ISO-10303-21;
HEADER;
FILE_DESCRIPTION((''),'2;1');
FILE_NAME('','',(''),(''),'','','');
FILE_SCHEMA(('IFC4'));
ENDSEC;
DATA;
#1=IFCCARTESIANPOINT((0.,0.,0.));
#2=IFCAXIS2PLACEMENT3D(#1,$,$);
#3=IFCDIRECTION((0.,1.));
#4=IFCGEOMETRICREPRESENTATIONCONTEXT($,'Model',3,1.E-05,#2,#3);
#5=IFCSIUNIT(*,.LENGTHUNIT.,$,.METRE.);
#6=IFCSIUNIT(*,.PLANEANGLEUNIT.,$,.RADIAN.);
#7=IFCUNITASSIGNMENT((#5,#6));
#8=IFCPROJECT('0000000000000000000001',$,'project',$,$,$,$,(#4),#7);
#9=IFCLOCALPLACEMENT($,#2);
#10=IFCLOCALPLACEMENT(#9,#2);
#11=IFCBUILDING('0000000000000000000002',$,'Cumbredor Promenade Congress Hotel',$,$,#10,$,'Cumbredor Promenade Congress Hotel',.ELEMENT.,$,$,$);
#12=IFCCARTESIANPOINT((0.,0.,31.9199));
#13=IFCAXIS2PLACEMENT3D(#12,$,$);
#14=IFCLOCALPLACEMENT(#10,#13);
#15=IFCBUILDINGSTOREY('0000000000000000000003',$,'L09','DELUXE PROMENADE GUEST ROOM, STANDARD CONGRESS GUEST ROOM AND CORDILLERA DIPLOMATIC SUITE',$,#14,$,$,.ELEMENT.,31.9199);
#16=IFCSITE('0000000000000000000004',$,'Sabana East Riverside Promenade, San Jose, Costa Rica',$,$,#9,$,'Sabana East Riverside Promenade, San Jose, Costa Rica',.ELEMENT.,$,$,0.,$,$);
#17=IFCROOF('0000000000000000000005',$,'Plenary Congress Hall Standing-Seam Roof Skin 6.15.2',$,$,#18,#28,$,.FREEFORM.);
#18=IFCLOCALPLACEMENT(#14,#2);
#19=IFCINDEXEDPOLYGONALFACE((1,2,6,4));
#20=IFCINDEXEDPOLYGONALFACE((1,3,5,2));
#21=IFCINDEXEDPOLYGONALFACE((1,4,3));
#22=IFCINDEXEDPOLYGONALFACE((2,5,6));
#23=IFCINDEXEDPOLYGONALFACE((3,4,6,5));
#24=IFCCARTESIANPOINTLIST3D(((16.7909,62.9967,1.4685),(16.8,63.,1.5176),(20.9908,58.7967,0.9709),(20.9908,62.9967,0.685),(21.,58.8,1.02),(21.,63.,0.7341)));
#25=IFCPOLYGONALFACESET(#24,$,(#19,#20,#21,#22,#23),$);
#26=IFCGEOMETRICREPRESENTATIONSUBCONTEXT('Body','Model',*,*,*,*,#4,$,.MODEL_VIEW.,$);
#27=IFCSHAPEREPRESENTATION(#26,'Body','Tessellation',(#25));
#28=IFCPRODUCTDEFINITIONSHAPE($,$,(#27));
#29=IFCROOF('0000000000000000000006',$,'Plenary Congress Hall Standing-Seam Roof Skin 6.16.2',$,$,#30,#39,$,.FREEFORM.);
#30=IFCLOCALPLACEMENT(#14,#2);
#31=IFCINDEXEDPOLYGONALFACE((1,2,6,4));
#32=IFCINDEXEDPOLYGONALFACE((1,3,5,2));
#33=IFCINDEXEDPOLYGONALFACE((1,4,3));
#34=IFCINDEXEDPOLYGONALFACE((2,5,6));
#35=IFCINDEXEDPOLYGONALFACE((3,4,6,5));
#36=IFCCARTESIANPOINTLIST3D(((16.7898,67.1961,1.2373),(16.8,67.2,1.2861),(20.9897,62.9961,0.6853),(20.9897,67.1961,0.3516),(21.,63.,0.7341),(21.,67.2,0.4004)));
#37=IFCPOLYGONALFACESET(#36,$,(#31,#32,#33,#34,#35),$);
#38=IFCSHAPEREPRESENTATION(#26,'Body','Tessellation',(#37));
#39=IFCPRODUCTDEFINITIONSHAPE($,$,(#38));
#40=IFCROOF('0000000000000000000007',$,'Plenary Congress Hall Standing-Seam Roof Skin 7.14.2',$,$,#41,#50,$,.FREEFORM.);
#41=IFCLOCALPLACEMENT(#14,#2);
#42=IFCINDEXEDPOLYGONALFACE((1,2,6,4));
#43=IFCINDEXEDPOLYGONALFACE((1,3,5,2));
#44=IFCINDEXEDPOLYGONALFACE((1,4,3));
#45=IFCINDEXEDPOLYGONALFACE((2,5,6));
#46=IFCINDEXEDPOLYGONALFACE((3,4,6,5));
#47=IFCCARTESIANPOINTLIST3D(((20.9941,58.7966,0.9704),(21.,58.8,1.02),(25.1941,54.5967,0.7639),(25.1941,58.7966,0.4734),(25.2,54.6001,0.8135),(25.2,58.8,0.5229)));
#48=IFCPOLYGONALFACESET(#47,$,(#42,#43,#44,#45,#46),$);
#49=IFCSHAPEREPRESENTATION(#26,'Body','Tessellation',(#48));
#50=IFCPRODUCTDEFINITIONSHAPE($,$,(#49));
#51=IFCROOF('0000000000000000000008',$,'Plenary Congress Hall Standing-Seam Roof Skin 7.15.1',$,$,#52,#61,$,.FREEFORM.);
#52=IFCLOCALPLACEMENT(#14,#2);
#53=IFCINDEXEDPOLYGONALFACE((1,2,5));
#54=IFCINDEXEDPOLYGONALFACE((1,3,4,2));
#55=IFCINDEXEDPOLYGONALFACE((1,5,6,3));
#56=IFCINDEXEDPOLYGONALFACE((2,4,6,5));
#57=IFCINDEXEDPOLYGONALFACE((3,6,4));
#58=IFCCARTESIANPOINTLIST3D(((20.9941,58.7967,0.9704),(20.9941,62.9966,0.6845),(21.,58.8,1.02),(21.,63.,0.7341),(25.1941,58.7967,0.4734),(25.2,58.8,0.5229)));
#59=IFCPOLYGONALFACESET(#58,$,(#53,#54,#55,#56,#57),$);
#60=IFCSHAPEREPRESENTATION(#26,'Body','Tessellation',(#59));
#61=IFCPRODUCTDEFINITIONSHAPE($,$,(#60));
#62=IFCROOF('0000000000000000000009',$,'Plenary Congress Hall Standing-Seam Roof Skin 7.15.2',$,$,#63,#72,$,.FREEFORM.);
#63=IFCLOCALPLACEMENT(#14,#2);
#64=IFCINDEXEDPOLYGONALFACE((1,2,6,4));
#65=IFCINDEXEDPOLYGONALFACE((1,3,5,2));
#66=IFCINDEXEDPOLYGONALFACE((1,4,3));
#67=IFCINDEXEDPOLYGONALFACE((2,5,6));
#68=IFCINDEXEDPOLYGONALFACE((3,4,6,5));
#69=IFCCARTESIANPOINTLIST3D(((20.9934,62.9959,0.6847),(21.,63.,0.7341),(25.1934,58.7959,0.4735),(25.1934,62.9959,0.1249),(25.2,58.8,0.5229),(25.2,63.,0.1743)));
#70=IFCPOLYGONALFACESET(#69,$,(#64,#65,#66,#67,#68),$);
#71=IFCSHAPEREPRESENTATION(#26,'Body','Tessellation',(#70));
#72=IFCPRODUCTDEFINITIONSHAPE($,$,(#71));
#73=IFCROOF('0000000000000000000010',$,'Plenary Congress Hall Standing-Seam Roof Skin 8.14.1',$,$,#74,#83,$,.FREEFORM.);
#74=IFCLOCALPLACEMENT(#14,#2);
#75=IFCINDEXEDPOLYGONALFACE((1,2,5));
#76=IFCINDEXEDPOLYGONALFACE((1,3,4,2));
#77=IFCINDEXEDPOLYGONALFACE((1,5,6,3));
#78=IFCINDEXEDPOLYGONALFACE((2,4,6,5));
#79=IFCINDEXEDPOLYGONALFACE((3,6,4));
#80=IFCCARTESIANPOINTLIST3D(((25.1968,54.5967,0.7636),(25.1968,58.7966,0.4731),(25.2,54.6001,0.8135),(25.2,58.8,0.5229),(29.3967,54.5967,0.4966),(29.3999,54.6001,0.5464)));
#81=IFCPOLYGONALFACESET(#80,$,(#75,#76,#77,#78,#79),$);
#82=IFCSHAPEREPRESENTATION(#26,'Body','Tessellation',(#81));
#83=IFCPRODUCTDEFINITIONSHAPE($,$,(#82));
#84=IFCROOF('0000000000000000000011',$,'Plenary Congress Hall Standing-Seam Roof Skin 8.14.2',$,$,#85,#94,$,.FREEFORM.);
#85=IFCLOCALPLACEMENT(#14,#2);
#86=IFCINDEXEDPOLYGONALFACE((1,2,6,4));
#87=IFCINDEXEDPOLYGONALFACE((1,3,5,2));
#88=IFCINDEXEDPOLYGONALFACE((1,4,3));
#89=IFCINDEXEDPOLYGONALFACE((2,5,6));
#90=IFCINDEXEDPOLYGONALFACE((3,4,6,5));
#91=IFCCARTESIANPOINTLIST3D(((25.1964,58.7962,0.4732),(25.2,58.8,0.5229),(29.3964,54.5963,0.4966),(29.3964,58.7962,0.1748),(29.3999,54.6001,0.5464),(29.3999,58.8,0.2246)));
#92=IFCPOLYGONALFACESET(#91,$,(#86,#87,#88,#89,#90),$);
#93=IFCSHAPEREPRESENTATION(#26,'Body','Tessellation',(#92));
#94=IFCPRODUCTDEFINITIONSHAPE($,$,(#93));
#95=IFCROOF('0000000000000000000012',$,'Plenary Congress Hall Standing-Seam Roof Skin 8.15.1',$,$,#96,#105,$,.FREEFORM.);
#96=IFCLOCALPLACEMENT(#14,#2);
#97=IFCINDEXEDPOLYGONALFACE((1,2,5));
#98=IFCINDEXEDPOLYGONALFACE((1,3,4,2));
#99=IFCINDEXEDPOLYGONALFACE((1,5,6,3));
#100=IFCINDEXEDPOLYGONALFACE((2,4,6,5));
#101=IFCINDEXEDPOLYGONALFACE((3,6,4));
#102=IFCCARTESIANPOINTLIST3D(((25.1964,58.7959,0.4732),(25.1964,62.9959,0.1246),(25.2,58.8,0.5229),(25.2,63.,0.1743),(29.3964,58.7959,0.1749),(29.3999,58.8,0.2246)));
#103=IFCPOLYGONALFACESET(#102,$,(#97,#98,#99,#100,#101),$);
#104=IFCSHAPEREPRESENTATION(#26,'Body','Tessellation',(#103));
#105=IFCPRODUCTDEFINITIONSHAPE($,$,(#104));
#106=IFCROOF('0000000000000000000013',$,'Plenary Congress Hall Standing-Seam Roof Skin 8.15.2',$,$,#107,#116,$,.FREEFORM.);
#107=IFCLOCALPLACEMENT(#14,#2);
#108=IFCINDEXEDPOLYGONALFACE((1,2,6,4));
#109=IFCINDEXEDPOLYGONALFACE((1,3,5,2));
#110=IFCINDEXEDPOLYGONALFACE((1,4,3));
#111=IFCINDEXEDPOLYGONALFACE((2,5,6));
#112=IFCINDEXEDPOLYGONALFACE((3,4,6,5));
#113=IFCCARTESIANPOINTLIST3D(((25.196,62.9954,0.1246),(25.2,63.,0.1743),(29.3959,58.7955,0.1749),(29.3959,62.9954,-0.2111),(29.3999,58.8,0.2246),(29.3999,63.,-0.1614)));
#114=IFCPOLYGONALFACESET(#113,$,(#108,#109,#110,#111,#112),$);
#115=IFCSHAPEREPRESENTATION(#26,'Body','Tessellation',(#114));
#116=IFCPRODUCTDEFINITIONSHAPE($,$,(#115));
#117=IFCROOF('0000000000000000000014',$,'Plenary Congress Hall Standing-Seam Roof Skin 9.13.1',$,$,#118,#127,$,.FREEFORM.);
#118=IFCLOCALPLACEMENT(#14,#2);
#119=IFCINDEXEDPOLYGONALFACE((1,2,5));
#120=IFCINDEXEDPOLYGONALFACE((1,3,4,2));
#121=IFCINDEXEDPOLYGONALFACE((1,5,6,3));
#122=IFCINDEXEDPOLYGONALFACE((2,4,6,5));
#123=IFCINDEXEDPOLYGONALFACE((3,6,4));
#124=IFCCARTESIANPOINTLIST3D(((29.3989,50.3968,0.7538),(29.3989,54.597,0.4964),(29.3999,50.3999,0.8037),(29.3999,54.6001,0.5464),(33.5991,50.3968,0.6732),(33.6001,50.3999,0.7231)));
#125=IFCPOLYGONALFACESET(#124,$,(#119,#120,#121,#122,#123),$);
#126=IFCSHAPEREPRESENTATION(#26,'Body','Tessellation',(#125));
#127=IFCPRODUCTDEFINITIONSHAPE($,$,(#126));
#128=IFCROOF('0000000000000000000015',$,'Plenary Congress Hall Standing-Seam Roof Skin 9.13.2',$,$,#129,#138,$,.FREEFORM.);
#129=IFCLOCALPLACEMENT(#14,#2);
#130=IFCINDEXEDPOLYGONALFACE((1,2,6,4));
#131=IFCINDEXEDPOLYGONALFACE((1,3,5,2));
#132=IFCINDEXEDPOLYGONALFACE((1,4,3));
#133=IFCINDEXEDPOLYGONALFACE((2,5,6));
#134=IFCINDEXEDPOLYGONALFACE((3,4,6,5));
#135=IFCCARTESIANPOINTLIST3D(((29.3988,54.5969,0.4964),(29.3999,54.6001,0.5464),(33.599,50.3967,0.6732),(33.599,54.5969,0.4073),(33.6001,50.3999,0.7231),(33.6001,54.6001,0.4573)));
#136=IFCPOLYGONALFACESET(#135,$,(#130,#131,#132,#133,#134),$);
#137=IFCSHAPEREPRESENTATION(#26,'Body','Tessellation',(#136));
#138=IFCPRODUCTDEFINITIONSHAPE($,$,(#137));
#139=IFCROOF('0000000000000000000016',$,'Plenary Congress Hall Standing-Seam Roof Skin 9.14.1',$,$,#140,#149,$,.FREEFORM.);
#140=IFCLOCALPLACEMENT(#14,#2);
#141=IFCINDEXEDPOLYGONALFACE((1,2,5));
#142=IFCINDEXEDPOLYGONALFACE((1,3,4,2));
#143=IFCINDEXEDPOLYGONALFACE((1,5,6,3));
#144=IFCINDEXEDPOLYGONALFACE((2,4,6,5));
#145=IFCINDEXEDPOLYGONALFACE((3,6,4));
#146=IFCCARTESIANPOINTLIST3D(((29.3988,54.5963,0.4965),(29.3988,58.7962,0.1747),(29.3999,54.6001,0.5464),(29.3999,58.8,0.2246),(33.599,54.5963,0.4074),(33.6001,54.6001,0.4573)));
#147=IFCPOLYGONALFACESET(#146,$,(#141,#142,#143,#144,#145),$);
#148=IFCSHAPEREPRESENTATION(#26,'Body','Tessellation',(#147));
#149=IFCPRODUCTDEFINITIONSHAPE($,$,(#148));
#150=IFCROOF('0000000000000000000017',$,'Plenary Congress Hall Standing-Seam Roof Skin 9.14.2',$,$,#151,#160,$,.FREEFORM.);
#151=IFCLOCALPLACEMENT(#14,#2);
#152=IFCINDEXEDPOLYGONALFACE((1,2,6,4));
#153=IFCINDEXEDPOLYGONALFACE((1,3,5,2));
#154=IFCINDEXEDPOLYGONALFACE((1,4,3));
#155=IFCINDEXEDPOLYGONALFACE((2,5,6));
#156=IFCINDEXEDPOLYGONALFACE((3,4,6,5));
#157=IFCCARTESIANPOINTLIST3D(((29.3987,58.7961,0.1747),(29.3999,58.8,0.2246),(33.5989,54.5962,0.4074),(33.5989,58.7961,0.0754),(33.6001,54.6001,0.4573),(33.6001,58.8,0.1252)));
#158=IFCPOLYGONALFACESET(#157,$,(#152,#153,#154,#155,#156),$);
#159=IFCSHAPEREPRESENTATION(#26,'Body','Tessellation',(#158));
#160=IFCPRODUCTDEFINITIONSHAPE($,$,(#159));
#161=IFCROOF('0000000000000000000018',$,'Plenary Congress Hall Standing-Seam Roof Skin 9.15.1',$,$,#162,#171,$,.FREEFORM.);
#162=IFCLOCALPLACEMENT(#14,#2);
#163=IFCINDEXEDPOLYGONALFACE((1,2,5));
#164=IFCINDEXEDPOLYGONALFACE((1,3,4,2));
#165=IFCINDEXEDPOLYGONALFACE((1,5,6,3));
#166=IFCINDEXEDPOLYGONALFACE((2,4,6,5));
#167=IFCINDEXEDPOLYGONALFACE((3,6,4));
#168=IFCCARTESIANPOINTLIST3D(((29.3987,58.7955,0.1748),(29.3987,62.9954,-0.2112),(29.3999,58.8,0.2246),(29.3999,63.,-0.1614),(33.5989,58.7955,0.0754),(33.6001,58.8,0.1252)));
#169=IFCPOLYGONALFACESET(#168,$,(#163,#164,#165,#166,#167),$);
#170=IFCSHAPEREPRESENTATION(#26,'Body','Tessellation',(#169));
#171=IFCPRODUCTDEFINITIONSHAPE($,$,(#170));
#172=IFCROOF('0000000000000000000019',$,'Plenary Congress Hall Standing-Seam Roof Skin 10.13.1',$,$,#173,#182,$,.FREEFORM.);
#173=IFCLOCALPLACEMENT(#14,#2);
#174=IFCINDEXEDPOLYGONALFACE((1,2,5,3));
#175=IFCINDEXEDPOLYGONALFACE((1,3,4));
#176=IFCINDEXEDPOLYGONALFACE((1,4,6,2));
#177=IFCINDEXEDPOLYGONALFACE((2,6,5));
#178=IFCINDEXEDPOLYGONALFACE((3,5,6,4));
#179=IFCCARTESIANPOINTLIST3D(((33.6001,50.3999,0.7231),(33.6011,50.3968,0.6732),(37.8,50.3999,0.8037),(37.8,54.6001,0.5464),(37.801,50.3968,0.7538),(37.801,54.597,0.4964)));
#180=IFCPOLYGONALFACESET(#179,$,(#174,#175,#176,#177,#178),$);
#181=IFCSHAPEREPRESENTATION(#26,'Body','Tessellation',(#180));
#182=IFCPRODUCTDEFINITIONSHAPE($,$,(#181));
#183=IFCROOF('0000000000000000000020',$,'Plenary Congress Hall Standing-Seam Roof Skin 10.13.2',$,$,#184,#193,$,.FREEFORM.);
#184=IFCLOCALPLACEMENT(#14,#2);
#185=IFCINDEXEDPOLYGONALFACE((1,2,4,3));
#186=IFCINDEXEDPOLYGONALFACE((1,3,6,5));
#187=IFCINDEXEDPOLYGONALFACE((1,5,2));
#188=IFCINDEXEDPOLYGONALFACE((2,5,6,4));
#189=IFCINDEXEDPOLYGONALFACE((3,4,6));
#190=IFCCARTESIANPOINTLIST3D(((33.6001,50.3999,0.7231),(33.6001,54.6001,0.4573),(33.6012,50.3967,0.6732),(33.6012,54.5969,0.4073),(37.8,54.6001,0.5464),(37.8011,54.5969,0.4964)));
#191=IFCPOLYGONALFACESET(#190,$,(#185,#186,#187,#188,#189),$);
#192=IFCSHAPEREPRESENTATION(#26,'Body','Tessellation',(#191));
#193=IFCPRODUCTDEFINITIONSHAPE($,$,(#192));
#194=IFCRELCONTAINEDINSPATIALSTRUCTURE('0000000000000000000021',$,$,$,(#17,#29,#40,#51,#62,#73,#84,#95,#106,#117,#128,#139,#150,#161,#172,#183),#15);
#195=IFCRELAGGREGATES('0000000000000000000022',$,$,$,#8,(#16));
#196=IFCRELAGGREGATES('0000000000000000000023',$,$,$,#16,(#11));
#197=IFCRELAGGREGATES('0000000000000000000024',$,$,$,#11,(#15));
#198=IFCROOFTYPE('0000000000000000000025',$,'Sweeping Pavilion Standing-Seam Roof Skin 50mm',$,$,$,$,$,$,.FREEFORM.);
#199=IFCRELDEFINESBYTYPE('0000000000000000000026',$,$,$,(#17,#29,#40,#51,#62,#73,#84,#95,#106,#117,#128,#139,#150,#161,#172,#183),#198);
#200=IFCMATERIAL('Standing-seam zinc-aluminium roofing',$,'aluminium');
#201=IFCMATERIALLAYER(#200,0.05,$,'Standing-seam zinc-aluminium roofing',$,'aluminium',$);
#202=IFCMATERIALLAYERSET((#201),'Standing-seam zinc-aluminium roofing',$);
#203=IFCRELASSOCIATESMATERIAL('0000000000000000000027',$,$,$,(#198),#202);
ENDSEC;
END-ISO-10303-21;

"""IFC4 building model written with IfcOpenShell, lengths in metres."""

from ifc_helpers import new_model, si_unit, direction, frame, origin, place, context, subcontext, project, spatial, polyline, outline, extrude, material, layer, layer_set, type_object, element, save


model = new_model("IFC4")

# Units and contexts
model_context = context("Model", 3, precision=1e-05, world=origin(), true_north=direction((0.0, 1.0)))
body_context = subcontext(model_context, "Body", "Model", "MODEL_VIEW")
ifc_project = project(units=[si_unit("LENGTHUNIT", "METRE"), si_unit("PLANEANGLEUNIT", "RADIAN")], contexts=[model_context])

# Site, building, storey
site_placement = place(None, origin())
site = spatial("IfcSite", under=ifc_project, at=site_placement, Name="Sabana East Riverside Promenade, San Jose, Costa Rica", LongName="Sabana East Riverside Promenade, San Jose, Costa Rica", CompositionType="ELEMENT", RefElevation=0.0)
building_placement = place(site_placement, origin())
building = spatial("IfcBuilding", under=site, at=building_placement, Name="Cumbredor Promenade Congress Hotel", LongName="Cumbredor Promenade Congress Hotel", CompositionType="ELEMENT")
storey_placement = place(building_placement, frame((0.0, 0.0, 31.9199)))
storey = spatial("IfcBuildingStorey", under=building, at=storey_placement, Name="L09", Description="DELUXE PROMENADE GUEST ROOM, STANDARD CONGRESS GUEST ROOM AND CORDILLERA DIPLOMATIC SUITE", CompositionType="ELEMENT", Elevation=31.9199)

# Roofs
ifc_material_1 = material(Name="Standing-seam zinc-aluminium roofing", Category="aluminium")
ifc_layer_1 = layer(ifc_material_1, 0.05, Name="Standing-seam zinc-aluminium roofing", Category="aluminium")
ifc_layer_set_1 = layer_set([ifc_layer_1], Name="Standing-seam zinc-aluminium roofing")
roof_type = type_object("IfcRoofType", Name="Sweeping Pavilion Standing-Seam Roof Skin 50mm", PredefinedType="FREEFORM", material=ifc_layer_set_1)
roof_1_placement = place(storey_placement, frame((21.0, 58.8, 1.02), z_axis=(0.182965, 0.066766, 0.98085), x_axis=(0.0, 0.997691, -0.067912)))
element("IfcRoof", 1, at=roof_1_placement, inside=storey, type_object=roof_type, Name="Plenary Congress Hall Standing-Seam Roof Skin 6.15.2", PredefinedType="FREEFORM", context=body_context, shape_type="SweptSolid", body=[
    extrude(outline(polyline([(0.0, 0.0), (4.2097, 0.0), (4.1565, 4.2721), (0.0, 0.0)])), origin(), (0.0, 0.0, -1.0), 0.05),
])
roof_2_placement = place(storey_placement, frame((21.0, 63.0, 0.7341), z_axis=(0.205734, 0.077519, 0.975533), x_axis=(0.0, 0.996858, -0.079213)))
element("IfcRoof", 2, at=roof_2_placement, inside=storey, type_object=roof_type, Name="Plenary Congress Hall Standing-Seam Roof Skin 6.16.2", PredefinedType="FREEFORM", context=body_context, shape_type="SweptSolid", body=[
    extrude(outline(polyline([(0.0, 0.0), (4.2132, 0.0), (4.143, 4.2918), (0.0, 0.0)])), origin(), (0.0, 0.0, -1.0), 0.05),
])
roof_3_placement = place(storey_placement, frame((25.2, 54.6001, 0.8135), z_axis=(0.117255, 0.068533, 0.990734), x_axis=(0.0, 0.997616, -0.069009)))
element("IfcRoof", 3, at=roof_3_placement, inside=storey, type_object=roof_type, Name="Plenary Congress Hall Standing-Seam Roof Skin 7.14.2", PredefinedType="FREEFORM", context=body_context, shape_type="SweptSolid", body=[
    extrude(outline(polyline([(0.0, 0.0), (4.21, 0.0), (4.1757, 4.2291), (0.0, 0.0)])), origin(), (0.0, 0.0, -1.0), 0.05),
])
roof_4_placement = place(storey_placement, frame((21.0, 58.8, 1.02), z_axis=(0.117264, 0.067444, 0.990808), x_axis=(0.993069, 0.0, -0.117531)))
element("IfcRoof", 4, at=roof_4_placement, inside=storey, type_object=roof_type, Name="Plenary Congress Hall Standing-Seam Roof Skin 7.15.1", PredefinedType="FREEFORM", context=body_context, shape_type="SweptSolid", body=[
    extrude(outline(polyline([(0.0, 0.0), (4.2293, 0.0), (0.0336, 4.2095), (0.0, 0.0)])), origin(), (0.0, 0.0, -1.0), 0.05),
])
roof_5_placement = place(storey_placement, frame((25.2, 58.8, 0.5229), z_axis=(0.131677, 0.082004, 0.987895), x_axis=(0.0, 0.996572, -0.082724)))
element("IfcRoof", 5, at=roof_5_placement, inside=storey, type_object=roof_type, Name="Plenary Congress Hall Standing-Seam Roof Skin 7.15.2", PredefinedType="FREEFORM", context=body_context, shape_type="SweptSolid", body=[
    extrude(outline(polyline([(0.0, 0.0), (4.2144, 0.0), (4.1681, 4.2368), (0.0, 0.0)])), origin(), (0.0, 0.0, -1.0), 0.05),
])
roof_6_placement = place(storey_placement, frame((25.2, 54.6001, 0.8135), z_axis=(0.063315, 0.068871, 0.995614), x_axis=(0.997984, 0.0, -0.063465)))
element("IfcRoof", 6, at=roof_6_placement, inside=storey, type_object=roof_type, Name="Plenary Congress Hall Standing-Seam Roof Skin 8.14.1", PredefinedType="FREEFORM", context=body_context, shape_type="SweptSolid", body=[
    extrude(outline(polyline([(0.0, 0.0), (4.2084, 0.0), (0.0184, 4.2099), (0.0, 0.0)])), origin(), (0.0, 0.0, -1.0), 0.05),
])
roof_7_placement = place(storey_placement, frame((29.3999, 54.6001, 0.5464), z_axis=(0.07065, 0.0762, 0.994586), x_axis=(0.0, 0.997078, -0.076391)))
element("IfcRoof", 7, at=roof_7_placement, inside=storey, type_object=roof_type, Name="Plenary Congress Hall Standing-Seam Roof Skin 8.14.2", PredefinedType="FREEFORM", context=body_context, shape_type="SweptSolid", body=[
    extrude(outline(polyline([(0.0, 0.0), (4.2123, 0.0), (4.1895, 4.2105), (0.0, 0.0)])), origin(), (0.0, 0.0, -1.0), 0.05),
])
roof_8_placement = place(storey_placement, frame((25.2, 58.8, 0.5229), z_axis=(0.070614, 0.082518, 0.994085), x_axis=(0.997487, 0.0, -0.070856)))
element("IfcRoof", 8, at=roof_8_placement, inside=storey, type_object=roof_type, Name="Plenary Congress Hall Standing-Seam Roof Skin 8.15.1", PredefinedType="FREEFORM", context=body_context, shape_type="SweptSolid", body=[
    extrude(outline(polyline([(0.0, 0.0), (4.2105, 0.0), (0.0247, 4.2143), (0.0, 0.0)])), origin(), (0.0, 0.0, -1.0), 0.05),
])
roof_9_placement = place(storey_placement, frame((29.3999, 58.8, 0.2246), z_axis=(0.079342, 0.091228, 0.992664), x_axis=(0.0, 0.995804, -0.091517)))
element("IfcRoof", 9, at=roof_9_placement, inside=storey, type_object=roof_type, Name="Plenary Congress Hall Standing-Seam Roof Skin 8.15.2", PredefinedType="FREEFORM", context=body_context, shape_type="SweptSolid", body=[
    extrude(outline(polyline([(0.0, 0.0), (4.2177, 0.0), (4.1869, 4.2132), (0.0, 0.0)])), origin(), (0.0, 0.0, -1.0), 0.05),
])
roof_10_placement = place(storey_placement, frame((29.3999, 50.3999, 0.8037), z_axis=(0.019142, 0.061139, 0.997946), x_axis=(0.999816, 0.0, -0.019178)))
element("IfcRoof", 10, at=roof_10_placement, inside=storey, type_object=roof_type, Name="Plenary Congress Hall Standing-Seam Roof Skin 9.13.1", PredefinedType="FREEFORM", context=body_context, shape_type="SweptSolid", body=[
    extrude(outline(polyline([(0.0, 0.0), (4.201, 0.0), (0.0049, 4.2081), (0.0, 0.0)])), origin(), (0.0, 0.0, -1.0), 0.05),
])
roof_11_placement = place(storey_placement, frame((33.6001, 50.3999, 0.7231), z_axis=(0.021169, 0.063159, 0.997779), x_axis=(0.0, 0.998003, -0.063173)))
element("IfcRoof", 11, at=roof_11_placement, inside=storey, type_object=roof_type, Name="Plenary Congress Hall Standing-Seam Roof Skin 9.13.2", PredefinedType="FREEFORM", context=body_context, shape_type="SweptSolid", body=[
    extrude(outline(polyline([(0.0, 0.0), (4.2086, 0.0), (4.203, 4.2011), (0.0, 0.0)])), origin(), (0.0, 0.0, -1.0), 0.05),
])
roof_12_placement = place(storey_placement, frame((29.3999, 54.6001, 0.5464), z_axis=(0.021149, 0.076374, 0.996855), x_axis=(0.999775, 0.0, -0.021211)))
element("IfcRoof", 12, at=roof_12_placement, inside=storey, type_object=roof_type, Name="Plenary Congress Hall Standing-Seam Roof Skin 9.14.1", PredefinedType="FREEFORM", context=body_context, shape_type="SweptSolid", body=[
    extrude(outline(polyline([(0.0, 0.0), (4.2011, 0.0), (0.0068, 4.2123), (0.0, 0.0)])), origin(), (0.0, 0.0, -1.0), 0.05),
])
roof_13_placement = place(storey_placement, frame((33.6001, 54.6001, 0.4573), z_axis=(0.023577, 0.078788, 0.996613), x_axis=(0.0, 0.99689, -0.07881)))
element("IfcRoof", 13, at=roof_13_placement, inside=storey, type_object=roof_type, Name="Plenary Congress Hall Standing-Seam Roof Skin 9.14.2", PredefinedType="FREEFORM", context=body_context, shape_type="SweptSolid", body=[
    extrude(outline(polyline([(0.0, 0.0), (4.2131, 0.0), (4.2052, 4.2014), (0.0, 0.0)])), origin(), (0.0, 0.0, -1.0), 0.05),
])
roof_14_placement = place(storey_placement, frame((29.3999, 58.8, 0.2246), z_axis=(0.023551, 0.091492, 0.995527), x_axis=(0.99972, 0.0, -0.023651)))
element("IfcRoof", 14, at=roof_14_placement, inside=storey, type_object=roof_type, Name="Plenary Congress Hall Standing-Seam Roof Skin 9.15.1", PredefinedType="FREEFORM", context=body_context, shape_type="SweptSolid", body=[
    extrude(outline(polyline([(0.0, 0.0), (4.2014, 0.0), (0.0091, 4.2176), (0.0, 0.0)])), origin(), (0.0, 0.0, -1.0), 0.05),
])
roof_15_placement = place(storey_placement, frame((33.6001, 50.3999, 0.7231), z_axis=(-0.019143, 0.061139, 0.997946), x_axis=(0.999816, 0.0, 0.019179)))
element("IfcRoof", 15, at=roof_15_placement, inside=storey, type_object=roof_type, Name="Plenary Congress Hall Standing-Seam Roof Skin 10.13.1", PredefinedType="FREEFORM", context=body_context, shape_type="SweptSolid", body=[
    extrude(outline(polyline([(0.0, 0.0), (4.2007, 0.0), (4.1958, 4.2081), (0.0, 0.0)])), origin(), (0.0, 0.0, -1.0), 0.05),
])
roof_16_placement = place(storey_placement, frame((33.6001, 50.3999, 0.7231), z_axis=(-0.02117, 0.063159, 0.997779), x_axis=(0.706773, 0.706814, -0.029745)))
element("IfcRoof", 16, at=roof_16_placement, inside=storey, type_object=roof_type, Name="Plenary Congress Hall Standing-Seam Roof Skin 10.13.2", PredefinedType="FREEFORM", context=body_context, shape_type="SweptSolid", body=[
    extrude(outline(polyline([(0.0, 0.0), (5.9424, 0.0), (2.9767, 2.9752), (0.0, 0.0)])), origin(), (0.0, 0.0, -1.0), 0.05),
])

save(model, "model.ifc")
